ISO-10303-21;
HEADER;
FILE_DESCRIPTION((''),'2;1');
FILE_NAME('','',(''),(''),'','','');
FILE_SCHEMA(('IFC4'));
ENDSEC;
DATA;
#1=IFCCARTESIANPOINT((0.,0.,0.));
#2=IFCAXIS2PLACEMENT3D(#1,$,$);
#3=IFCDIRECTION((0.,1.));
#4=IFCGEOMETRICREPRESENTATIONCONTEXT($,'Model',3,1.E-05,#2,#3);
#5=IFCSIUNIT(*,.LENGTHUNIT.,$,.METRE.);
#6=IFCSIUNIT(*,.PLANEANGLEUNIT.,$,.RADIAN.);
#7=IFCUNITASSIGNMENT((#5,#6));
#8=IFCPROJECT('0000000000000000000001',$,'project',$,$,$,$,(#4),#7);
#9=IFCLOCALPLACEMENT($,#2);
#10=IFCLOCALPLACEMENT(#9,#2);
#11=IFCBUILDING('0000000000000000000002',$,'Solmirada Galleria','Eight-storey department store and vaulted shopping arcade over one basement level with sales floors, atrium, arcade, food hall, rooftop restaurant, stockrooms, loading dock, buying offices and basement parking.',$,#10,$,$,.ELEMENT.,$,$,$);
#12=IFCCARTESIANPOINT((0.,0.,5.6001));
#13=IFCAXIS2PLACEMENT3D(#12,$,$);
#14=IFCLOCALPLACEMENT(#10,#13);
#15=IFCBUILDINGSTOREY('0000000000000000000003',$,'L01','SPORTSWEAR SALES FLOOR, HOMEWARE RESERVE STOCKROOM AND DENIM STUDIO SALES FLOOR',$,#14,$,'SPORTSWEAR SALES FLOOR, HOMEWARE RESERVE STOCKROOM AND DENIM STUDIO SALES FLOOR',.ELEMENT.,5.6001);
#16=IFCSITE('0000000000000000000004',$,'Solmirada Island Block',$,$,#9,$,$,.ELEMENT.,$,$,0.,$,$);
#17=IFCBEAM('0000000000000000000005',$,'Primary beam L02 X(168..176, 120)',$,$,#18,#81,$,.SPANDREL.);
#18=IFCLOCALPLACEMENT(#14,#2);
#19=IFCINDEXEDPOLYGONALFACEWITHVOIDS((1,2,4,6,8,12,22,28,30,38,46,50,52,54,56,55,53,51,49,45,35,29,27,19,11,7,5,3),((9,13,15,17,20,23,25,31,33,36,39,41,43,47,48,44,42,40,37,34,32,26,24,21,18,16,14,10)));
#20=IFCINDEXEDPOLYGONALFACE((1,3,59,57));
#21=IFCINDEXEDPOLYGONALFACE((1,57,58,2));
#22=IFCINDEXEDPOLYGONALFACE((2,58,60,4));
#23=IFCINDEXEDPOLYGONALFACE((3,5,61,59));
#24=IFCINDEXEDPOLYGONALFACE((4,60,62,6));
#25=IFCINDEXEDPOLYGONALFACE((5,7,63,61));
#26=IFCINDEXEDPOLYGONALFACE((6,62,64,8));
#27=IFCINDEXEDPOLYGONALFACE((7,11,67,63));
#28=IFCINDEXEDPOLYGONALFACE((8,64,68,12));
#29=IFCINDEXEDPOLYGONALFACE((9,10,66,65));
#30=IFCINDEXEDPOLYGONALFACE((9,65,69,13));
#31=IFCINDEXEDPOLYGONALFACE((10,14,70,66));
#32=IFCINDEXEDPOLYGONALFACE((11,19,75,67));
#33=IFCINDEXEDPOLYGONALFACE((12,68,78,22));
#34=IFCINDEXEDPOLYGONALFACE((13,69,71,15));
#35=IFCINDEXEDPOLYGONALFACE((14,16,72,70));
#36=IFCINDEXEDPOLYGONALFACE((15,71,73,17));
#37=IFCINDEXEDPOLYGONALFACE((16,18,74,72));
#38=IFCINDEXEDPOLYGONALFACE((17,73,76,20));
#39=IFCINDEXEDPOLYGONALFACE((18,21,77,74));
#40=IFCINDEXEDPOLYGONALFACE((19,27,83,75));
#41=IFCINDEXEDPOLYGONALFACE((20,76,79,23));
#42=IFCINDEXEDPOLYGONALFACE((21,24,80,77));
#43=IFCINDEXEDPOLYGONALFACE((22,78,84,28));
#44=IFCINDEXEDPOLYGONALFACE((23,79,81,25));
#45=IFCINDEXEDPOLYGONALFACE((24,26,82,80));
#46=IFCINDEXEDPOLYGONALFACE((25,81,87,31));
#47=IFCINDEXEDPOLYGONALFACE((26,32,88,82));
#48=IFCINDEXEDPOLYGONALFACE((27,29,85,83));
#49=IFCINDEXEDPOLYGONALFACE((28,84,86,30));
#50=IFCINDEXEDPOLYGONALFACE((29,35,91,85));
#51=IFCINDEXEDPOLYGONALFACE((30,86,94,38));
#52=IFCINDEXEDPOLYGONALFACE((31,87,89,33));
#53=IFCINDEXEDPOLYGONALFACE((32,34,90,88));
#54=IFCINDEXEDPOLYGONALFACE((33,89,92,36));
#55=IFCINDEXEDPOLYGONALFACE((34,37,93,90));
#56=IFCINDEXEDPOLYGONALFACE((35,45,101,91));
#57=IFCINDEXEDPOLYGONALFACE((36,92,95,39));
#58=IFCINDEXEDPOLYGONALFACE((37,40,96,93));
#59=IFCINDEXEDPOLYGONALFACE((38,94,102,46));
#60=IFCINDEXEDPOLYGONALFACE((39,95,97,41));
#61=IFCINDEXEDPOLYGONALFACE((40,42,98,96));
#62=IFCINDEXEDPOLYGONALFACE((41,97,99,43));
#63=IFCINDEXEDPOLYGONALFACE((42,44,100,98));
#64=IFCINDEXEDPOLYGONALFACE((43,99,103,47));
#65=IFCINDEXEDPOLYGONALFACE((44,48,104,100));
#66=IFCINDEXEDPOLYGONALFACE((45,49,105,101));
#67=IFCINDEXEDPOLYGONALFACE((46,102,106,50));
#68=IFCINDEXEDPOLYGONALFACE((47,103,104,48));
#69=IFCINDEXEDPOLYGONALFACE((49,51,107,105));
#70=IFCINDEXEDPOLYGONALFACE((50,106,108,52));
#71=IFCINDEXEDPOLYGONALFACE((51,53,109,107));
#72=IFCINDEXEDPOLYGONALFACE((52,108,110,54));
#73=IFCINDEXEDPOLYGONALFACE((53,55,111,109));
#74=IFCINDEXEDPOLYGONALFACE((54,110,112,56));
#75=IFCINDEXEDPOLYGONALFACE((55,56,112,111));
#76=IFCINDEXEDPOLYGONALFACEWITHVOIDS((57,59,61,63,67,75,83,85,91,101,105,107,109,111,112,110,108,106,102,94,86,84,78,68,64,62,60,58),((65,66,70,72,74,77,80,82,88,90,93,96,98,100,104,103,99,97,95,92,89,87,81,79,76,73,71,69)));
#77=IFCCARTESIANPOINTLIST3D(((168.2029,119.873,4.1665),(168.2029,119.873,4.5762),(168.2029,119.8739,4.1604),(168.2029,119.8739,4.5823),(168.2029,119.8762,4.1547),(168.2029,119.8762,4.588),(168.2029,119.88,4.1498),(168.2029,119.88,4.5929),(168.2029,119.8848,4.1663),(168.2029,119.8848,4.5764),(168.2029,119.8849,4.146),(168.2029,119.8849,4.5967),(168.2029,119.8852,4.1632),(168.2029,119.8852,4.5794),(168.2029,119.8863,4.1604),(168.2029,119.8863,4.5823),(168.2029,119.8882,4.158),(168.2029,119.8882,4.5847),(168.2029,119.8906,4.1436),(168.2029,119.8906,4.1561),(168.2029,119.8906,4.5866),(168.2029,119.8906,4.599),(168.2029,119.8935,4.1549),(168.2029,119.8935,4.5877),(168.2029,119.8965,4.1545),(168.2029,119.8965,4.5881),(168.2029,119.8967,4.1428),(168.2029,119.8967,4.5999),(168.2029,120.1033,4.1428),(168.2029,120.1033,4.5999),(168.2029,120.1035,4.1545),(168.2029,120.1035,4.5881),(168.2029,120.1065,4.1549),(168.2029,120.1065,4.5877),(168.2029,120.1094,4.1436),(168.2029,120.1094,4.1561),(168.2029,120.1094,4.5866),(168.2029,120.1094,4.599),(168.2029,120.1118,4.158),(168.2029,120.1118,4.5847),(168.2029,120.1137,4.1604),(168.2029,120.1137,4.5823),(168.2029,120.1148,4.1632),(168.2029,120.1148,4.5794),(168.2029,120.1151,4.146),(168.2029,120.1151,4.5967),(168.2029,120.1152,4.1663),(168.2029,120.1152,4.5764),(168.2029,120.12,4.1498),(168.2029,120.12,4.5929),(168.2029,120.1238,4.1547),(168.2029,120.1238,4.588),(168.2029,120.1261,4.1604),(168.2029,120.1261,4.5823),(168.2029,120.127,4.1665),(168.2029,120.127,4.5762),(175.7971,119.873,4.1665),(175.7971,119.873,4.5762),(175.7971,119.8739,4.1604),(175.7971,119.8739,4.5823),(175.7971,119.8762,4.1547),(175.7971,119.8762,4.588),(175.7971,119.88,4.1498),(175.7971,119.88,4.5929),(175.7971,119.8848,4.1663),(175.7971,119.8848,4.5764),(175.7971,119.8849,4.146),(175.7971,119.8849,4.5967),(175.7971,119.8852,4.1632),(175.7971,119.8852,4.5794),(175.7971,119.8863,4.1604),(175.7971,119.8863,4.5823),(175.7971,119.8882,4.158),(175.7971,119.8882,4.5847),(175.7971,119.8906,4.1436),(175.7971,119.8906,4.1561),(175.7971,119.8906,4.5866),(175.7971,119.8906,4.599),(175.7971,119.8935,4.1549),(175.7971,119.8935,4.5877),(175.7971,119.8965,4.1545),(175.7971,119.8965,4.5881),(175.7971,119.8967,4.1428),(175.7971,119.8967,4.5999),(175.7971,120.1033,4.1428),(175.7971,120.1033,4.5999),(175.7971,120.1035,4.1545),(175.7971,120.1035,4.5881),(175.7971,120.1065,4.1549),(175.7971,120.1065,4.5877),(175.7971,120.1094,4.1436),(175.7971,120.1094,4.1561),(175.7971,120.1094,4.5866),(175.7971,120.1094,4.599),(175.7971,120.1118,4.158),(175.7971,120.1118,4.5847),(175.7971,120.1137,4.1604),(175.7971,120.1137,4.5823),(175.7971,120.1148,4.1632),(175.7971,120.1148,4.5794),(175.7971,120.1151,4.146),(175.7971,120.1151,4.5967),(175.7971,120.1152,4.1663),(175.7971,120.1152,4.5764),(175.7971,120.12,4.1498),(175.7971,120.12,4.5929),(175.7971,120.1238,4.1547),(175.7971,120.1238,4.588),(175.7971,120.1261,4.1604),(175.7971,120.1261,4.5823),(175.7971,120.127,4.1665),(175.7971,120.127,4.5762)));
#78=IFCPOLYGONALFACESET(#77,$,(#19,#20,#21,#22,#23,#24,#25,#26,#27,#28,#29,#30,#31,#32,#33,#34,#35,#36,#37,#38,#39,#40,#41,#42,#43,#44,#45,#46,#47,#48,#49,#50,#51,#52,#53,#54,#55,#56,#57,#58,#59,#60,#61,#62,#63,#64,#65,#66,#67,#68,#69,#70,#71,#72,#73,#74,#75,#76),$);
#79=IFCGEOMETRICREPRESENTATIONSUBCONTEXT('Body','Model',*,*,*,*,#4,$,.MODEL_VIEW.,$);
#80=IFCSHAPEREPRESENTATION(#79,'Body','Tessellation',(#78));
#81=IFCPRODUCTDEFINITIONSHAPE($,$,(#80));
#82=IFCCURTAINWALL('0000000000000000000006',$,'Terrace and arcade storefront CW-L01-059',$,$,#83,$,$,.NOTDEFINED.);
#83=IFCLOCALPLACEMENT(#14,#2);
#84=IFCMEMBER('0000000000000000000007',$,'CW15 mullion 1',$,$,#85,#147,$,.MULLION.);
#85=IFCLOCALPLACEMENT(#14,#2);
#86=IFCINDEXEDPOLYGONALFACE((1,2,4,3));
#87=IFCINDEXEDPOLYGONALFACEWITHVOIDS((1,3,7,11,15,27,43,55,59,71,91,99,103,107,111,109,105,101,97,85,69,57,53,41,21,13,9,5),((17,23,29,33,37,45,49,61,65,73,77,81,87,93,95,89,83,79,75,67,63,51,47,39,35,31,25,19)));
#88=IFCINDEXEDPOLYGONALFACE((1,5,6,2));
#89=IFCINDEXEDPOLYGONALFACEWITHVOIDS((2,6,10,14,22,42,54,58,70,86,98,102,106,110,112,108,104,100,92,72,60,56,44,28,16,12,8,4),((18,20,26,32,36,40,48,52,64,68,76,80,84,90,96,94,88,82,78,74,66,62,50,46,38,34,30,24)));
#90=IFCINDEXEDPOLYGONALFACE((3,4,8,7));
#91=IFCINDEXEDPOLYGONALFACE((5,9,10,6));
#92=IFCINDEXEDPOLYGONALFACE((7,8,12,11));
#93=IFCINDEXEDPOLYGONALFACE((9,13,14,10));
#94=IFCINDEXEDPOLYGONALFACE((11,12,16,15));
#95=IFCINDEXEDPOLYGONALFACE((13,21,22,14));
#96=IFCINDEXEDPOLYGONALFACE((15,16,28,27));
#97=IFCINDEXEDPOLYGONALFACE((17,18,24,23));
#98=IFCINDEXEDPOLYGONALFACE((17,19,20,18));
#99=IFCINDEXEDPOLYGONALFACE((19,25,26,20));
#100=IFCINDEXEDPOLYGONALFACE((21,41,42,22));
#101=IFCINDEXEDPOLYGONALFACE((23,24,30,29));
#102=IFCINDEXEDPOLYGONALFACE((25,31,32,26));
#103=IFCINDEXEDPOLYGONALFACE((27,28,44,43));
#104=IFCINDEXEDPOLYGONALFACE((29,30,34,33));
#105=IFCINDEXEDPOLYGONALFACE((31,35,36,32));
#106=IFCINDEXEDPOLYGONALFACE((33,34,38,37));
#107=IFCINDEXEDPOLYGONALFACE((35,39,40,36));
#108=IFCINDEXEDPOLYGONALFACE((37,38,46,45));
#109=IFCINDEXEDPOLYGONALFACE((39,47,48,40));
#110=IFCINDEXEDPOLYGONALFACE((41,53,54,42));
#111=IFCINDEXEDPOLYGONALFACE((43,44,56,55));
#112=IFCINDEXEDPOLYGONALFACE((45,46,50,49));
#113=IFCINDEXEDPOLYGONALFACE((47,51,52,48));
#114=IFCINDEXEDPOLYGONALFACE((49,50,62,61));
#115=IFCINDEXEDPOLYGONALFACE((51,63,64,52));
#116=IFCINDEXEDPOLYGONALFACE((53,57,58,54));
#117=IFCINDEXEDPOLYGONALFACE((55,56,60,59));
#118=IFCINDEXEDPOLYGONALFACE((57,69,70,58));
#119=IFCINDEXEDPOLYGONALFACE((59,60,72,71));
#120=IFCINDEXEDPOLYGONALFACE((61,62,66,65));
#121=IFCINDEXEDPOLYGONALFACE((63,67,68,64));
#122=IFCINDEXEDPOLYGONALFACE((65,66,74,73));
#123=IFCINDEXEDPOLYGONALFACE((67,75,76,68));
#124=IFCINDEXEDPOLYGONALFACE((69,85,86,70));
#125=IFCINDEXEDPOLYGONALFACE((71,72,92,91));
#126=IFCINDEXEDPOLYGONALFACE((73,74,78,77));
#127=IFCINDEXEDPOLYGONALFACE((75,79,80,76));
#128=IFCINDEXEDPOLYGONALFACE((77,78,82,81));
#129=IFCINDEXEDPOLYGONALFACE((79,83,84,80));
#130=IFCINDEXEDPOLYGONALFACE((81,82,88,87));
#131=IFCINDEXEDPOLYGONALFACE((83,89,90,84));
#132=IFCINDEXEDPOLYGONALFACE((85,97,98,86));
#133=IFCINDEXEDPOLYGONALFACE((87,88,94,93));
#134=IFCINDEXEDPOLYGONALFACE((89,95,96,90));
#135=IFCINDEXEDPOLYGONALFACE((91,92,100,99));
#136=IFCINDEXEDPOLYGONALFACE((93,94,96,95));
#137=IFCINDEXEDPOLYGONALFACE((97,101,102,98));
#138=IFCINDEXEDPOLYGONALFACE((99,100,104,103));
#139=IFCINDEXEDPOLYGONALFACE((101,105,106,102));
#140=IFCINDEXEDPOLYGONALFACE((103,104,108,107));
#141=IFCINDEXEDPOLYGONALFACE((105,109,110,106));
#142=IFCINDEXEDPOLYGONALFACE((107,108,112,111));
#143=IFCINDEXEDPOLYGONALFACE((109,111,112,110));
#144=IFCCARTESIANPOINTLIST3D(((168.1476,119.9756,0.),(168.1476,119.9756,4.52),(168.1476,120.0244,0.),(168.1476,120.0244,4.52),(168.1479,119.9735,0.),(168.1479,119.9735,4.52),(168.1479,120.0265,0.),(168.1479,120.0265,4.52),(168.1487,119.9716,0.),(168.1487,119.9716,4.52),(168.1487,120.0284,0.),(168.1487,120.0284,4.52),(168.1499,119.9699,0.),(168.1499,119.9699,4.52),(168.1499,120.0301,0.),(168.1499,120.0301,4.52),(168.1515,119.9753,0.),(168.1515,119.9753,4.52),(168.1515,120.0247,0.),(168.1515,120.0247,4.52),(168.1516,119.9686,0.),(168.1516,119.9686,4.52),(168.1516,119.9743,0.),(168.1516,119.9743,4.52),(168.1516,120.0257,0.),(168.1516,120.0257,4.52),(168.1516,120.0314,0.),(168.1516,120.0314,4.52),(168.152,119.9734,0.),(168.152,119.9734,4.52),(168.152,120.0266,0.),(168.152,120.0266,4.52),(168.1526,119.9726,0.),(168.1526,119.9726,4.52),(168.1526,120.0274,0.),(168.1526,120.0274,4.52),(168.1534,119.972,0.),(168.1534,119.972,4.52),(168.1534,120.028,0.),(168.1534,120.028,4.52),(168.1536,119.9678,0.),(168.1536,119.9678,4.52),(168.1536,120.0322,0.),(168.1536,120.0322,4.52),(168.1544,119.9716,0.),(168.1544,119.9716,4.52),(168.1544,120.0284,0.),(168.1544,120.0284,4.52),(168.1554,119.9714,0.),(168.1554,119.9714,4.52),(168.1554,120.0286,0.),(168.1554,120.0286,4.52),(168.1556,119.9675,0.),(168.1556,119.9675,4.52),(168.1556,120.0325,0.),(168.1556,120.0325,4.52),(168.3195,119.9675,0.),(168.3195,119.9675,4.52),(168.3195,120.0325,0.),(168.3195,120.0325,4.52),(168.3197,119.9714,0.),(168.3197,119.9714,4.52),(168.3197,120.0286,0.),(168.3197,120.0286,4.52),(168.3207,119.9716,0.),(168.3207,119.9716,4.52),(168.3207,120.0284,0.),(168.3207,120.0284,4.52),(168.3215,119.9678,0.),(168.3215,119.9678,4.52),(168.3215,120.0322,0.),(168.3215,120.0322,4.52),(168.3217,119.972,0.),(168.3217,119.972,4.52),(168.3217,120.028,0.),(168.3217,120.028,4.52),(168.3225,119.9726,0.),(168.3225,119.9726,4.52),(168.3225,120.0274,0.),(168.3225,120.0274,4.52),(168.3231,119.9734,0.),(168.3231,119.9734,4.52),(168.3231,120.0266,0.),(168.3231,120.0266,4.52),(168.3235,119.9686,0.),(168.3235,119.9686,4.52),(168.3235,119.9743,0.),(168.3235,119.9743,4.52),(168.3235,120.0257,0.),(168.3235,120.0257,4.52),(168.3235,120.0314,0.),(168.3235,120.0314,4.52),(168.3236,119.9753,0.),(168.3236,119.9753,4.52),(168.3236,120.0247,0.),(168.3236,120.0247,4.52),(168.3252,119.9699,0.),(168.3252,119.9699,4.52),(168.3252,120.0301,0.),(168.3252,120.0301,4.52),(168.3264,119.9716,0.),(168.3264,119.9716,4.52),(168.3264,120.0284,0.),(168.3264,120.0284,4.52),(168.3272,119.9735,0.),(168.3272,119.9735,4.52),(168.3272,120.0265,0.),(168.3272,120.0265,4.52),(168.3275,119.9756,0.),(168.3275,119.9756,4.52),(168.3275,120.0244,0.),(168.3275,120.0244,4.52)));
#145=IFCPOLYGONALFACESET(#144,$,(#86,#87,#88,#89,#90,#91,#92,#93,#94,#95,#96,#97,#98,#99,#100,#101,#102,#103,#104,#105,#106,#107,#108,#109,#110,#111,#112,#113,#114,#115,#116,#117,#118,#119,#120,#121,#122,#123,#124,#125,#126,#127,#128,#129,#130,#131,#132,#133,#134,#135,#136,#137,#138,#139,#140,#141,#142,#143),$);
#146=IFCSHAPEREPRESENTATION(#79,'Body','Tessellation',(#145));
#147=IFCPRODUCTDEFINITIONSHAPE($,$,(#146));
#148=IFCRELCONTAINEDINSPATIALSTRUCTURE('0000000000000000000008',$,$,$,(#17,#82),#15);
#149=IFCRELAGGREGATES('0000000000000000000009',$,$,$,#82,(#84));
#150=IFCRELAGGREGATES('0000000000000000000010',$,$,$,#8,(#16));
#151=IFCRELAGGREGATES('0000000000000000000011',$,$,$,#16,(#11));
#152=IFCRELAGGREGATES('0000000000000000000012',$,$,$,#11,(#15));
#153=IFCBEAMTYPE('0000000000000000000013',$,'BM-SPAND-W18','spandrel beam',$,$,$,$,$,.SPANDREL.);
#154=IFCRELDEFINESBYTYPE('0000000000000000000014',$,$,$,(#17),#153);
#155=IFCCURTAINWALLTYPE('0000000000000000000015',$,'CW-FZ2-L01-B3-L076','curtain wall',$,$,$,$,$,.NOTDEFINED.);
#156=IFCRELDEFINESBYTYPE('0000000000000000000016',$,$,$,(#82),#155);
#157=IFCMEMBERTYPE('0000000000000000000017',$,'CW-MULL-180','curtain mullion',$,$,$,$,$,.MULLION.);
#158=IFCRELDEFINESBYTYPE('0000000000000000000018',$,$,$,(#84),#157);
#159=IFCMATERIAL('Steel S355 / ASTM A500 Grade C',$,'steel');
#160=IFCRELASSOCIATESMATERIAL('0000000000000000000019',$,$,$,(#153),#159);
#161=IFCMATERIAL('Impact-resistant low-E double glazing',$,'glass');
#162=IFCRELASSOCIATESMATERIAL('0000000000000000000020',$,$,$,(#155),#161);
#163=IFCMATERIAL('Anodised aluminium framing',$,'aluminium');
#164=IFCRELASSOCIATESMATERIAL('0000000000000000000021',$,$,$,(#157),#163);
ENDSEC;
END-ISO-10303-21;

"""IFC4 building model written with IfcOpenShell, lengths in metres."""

from ifc_helpers import new_model, si_unit, direction, frame, origin, origin_2d, place, context, subcontext, project, spatial, hollow_rectangle, extrude, material, material_profile, profile_set, type_object, element, aggregate, save


model = new_model("IFC4")

# Units and contexts
model_context = context("Model", 3, precision=1e-05, world=origin(), true_north=direction((0.0, 1.0)))
body_context = subcontext(model_context, "Body", "Model", "MODEL_VIEW")
ifc_project = project(units=[si_unit("LENGTHUNIT", "METRE"), si_unit("PLANEANGLEUNIT", "RADIAN")], contexts=[model_context])

# Site, building, storey
site_placement = place(None, origin())
site = spatial("IfcSite", under=ifc_project, at=site_placement, Name="Solmirada Island Block", CompositionType="ELEMENT", RefElevation=0.0)
building_placement = place(site_placement, origin())
building = spatial("IfcBuilding", under=site, at=building_placement, Name="Solmirada Galleria", Description="Eight-storey department store and vaulted shopping arcade over one basement level with sales floors, atrium, arcade, food hall, rooftop restaurant, stockrooms, loading dock, buying offices and basement parking.", CompositionType="ELEMENT")
storey_placement = place(building_placement, frame((0.0, 0.0, 5.6001)))
storey = spatial("IfcBuildingStorey", under=building, at=storey_placement, Name="L01", Description="SPORTSWEAR SALES FLOOR, HOMEWARE RESERVE STOCKROOM AND DENIM STUDIO SALES FLOOR", LongName="SPORTSWEAR SALES FLOOR, HOMEWARE RESERVE STOCKROOM AND DENIM STUDIO SALES FLOOR", CompositionType="ELEMENT", Elevation=5.6001)

# Shared definitions
ifc_material_1 = material(Name="Steel S355 / ASTM A500 Grade C", Category="steel")

# Beam
ifc_material_profile_1 = material_profile(ifc_material_1, hollow_rectangle(XDim=0.2539, YDim=0.457, WallThickness=0.0117, InnerFilletRadius=0.0117, OuterFilletRadius=0.0237, at=origin_2d()), Name="HSS18X10X1/2")
ifc_profile_set_1 = profile_set([ifc_material_profile_1], Name="Steel S355 / ASTM A500 Grade C")
beam_type = type_object("IfcBeamType", Name="BM-SPAND-W18", Description="spandrel beam", PredefinedType="SPANDREL", material=ifc_profile_set_1)
beam_placement = place(storey_placement, frame((168.2029, 120.0, 4.3713), z_axis=(1.0, 0.0, 0.0), x_axis=(0.0, 1.0, 0.0)))
element("IfcBeam", 1, at=beam_placement, inside=storey, type_object=beam_type, Name="Primary beam L02 X(168..176, 120)", PredefinedType="SPANDREL", context=body_context, shape_type="SweptSolid", body=[
    extrude(hollow_rectangle(XDim=0.2539, YDim=0.457, WallThickness=0.0117, InnerFilletRadius=0.0117, OuterFilletRadius=0.0237, at=origin_2d()), origin(), (0.0, 0.0, 1.0), 7.5942),
])

# Curtain wall, member
ifc_material_2 = material(Name="Impact-resistant low-E double glazing", Category="glass")
curtain_wall_type = type_object("IfcCurtainWallType", Name="CW-FZ2-L01-B3-L076", Description="curtain wall", PredefinedType="NOTDEFINED", material=ifc_material_2)
curtain_wall_1_placement = place(storey_placement, origin())
curtain_wall_1 = element("IfcCurtainWall", 2, at=curtain_wall_1_placement, inside=storey, type_object=curtain_wall_type, Name="Terrace and arcade storefront CW-L01-059", PredefinedType="NOTDEFINED")
ifc_material_3 = material(Name="Anodised aluminium framing", Category="aluminium")
ifc_material_profile_2 = material_profile(ifc_material_3, hollow_rectangle(XDim=0.0649, YDim=0.1799, WallThickness=0.0039, InnerFilletRadius=0.0039, OuterFilletRadius=0.0081, at=origin_2d()), Name="ALU-MULL-180X65")
ifc_profile_set_2 = profile_set([ifc_material_profile_2], Name="Anodised aluminium framing")
member_type_1 = type_object("IfcMemberType", Name="CW-MULL-180", Description="curtain mullion", PredefinedType="MULLION", material=ifc_profile_set_2)
member_1_placement = place(storey_placement, frame((168.2375, 120.0, 0.0), z_axis=(0.0, 0.0, 1.0), x_axis=(0.0, 1.0, 0.0)))
member_1 = element("IfcMember", 3, at=member_1_placement, type_object=member_type_1, Name="CW15 mullion 1", PredefinedType="MULLION", context=body_context, shape_type="SweptSolid", body=[
    extrude(hollow_rectangle(XDim=0.0649, YDim=0.1799, WallThickness=0.0039, InnerFilletRadius=0.0039, OuterFilletRadius=0.0081, at=origin_2d()), origin(), (0.0, 0.0, 1.0), 4.52),
])

aggregate(curtain_wall_1, [member_1])

save(model, "model.ifc")
